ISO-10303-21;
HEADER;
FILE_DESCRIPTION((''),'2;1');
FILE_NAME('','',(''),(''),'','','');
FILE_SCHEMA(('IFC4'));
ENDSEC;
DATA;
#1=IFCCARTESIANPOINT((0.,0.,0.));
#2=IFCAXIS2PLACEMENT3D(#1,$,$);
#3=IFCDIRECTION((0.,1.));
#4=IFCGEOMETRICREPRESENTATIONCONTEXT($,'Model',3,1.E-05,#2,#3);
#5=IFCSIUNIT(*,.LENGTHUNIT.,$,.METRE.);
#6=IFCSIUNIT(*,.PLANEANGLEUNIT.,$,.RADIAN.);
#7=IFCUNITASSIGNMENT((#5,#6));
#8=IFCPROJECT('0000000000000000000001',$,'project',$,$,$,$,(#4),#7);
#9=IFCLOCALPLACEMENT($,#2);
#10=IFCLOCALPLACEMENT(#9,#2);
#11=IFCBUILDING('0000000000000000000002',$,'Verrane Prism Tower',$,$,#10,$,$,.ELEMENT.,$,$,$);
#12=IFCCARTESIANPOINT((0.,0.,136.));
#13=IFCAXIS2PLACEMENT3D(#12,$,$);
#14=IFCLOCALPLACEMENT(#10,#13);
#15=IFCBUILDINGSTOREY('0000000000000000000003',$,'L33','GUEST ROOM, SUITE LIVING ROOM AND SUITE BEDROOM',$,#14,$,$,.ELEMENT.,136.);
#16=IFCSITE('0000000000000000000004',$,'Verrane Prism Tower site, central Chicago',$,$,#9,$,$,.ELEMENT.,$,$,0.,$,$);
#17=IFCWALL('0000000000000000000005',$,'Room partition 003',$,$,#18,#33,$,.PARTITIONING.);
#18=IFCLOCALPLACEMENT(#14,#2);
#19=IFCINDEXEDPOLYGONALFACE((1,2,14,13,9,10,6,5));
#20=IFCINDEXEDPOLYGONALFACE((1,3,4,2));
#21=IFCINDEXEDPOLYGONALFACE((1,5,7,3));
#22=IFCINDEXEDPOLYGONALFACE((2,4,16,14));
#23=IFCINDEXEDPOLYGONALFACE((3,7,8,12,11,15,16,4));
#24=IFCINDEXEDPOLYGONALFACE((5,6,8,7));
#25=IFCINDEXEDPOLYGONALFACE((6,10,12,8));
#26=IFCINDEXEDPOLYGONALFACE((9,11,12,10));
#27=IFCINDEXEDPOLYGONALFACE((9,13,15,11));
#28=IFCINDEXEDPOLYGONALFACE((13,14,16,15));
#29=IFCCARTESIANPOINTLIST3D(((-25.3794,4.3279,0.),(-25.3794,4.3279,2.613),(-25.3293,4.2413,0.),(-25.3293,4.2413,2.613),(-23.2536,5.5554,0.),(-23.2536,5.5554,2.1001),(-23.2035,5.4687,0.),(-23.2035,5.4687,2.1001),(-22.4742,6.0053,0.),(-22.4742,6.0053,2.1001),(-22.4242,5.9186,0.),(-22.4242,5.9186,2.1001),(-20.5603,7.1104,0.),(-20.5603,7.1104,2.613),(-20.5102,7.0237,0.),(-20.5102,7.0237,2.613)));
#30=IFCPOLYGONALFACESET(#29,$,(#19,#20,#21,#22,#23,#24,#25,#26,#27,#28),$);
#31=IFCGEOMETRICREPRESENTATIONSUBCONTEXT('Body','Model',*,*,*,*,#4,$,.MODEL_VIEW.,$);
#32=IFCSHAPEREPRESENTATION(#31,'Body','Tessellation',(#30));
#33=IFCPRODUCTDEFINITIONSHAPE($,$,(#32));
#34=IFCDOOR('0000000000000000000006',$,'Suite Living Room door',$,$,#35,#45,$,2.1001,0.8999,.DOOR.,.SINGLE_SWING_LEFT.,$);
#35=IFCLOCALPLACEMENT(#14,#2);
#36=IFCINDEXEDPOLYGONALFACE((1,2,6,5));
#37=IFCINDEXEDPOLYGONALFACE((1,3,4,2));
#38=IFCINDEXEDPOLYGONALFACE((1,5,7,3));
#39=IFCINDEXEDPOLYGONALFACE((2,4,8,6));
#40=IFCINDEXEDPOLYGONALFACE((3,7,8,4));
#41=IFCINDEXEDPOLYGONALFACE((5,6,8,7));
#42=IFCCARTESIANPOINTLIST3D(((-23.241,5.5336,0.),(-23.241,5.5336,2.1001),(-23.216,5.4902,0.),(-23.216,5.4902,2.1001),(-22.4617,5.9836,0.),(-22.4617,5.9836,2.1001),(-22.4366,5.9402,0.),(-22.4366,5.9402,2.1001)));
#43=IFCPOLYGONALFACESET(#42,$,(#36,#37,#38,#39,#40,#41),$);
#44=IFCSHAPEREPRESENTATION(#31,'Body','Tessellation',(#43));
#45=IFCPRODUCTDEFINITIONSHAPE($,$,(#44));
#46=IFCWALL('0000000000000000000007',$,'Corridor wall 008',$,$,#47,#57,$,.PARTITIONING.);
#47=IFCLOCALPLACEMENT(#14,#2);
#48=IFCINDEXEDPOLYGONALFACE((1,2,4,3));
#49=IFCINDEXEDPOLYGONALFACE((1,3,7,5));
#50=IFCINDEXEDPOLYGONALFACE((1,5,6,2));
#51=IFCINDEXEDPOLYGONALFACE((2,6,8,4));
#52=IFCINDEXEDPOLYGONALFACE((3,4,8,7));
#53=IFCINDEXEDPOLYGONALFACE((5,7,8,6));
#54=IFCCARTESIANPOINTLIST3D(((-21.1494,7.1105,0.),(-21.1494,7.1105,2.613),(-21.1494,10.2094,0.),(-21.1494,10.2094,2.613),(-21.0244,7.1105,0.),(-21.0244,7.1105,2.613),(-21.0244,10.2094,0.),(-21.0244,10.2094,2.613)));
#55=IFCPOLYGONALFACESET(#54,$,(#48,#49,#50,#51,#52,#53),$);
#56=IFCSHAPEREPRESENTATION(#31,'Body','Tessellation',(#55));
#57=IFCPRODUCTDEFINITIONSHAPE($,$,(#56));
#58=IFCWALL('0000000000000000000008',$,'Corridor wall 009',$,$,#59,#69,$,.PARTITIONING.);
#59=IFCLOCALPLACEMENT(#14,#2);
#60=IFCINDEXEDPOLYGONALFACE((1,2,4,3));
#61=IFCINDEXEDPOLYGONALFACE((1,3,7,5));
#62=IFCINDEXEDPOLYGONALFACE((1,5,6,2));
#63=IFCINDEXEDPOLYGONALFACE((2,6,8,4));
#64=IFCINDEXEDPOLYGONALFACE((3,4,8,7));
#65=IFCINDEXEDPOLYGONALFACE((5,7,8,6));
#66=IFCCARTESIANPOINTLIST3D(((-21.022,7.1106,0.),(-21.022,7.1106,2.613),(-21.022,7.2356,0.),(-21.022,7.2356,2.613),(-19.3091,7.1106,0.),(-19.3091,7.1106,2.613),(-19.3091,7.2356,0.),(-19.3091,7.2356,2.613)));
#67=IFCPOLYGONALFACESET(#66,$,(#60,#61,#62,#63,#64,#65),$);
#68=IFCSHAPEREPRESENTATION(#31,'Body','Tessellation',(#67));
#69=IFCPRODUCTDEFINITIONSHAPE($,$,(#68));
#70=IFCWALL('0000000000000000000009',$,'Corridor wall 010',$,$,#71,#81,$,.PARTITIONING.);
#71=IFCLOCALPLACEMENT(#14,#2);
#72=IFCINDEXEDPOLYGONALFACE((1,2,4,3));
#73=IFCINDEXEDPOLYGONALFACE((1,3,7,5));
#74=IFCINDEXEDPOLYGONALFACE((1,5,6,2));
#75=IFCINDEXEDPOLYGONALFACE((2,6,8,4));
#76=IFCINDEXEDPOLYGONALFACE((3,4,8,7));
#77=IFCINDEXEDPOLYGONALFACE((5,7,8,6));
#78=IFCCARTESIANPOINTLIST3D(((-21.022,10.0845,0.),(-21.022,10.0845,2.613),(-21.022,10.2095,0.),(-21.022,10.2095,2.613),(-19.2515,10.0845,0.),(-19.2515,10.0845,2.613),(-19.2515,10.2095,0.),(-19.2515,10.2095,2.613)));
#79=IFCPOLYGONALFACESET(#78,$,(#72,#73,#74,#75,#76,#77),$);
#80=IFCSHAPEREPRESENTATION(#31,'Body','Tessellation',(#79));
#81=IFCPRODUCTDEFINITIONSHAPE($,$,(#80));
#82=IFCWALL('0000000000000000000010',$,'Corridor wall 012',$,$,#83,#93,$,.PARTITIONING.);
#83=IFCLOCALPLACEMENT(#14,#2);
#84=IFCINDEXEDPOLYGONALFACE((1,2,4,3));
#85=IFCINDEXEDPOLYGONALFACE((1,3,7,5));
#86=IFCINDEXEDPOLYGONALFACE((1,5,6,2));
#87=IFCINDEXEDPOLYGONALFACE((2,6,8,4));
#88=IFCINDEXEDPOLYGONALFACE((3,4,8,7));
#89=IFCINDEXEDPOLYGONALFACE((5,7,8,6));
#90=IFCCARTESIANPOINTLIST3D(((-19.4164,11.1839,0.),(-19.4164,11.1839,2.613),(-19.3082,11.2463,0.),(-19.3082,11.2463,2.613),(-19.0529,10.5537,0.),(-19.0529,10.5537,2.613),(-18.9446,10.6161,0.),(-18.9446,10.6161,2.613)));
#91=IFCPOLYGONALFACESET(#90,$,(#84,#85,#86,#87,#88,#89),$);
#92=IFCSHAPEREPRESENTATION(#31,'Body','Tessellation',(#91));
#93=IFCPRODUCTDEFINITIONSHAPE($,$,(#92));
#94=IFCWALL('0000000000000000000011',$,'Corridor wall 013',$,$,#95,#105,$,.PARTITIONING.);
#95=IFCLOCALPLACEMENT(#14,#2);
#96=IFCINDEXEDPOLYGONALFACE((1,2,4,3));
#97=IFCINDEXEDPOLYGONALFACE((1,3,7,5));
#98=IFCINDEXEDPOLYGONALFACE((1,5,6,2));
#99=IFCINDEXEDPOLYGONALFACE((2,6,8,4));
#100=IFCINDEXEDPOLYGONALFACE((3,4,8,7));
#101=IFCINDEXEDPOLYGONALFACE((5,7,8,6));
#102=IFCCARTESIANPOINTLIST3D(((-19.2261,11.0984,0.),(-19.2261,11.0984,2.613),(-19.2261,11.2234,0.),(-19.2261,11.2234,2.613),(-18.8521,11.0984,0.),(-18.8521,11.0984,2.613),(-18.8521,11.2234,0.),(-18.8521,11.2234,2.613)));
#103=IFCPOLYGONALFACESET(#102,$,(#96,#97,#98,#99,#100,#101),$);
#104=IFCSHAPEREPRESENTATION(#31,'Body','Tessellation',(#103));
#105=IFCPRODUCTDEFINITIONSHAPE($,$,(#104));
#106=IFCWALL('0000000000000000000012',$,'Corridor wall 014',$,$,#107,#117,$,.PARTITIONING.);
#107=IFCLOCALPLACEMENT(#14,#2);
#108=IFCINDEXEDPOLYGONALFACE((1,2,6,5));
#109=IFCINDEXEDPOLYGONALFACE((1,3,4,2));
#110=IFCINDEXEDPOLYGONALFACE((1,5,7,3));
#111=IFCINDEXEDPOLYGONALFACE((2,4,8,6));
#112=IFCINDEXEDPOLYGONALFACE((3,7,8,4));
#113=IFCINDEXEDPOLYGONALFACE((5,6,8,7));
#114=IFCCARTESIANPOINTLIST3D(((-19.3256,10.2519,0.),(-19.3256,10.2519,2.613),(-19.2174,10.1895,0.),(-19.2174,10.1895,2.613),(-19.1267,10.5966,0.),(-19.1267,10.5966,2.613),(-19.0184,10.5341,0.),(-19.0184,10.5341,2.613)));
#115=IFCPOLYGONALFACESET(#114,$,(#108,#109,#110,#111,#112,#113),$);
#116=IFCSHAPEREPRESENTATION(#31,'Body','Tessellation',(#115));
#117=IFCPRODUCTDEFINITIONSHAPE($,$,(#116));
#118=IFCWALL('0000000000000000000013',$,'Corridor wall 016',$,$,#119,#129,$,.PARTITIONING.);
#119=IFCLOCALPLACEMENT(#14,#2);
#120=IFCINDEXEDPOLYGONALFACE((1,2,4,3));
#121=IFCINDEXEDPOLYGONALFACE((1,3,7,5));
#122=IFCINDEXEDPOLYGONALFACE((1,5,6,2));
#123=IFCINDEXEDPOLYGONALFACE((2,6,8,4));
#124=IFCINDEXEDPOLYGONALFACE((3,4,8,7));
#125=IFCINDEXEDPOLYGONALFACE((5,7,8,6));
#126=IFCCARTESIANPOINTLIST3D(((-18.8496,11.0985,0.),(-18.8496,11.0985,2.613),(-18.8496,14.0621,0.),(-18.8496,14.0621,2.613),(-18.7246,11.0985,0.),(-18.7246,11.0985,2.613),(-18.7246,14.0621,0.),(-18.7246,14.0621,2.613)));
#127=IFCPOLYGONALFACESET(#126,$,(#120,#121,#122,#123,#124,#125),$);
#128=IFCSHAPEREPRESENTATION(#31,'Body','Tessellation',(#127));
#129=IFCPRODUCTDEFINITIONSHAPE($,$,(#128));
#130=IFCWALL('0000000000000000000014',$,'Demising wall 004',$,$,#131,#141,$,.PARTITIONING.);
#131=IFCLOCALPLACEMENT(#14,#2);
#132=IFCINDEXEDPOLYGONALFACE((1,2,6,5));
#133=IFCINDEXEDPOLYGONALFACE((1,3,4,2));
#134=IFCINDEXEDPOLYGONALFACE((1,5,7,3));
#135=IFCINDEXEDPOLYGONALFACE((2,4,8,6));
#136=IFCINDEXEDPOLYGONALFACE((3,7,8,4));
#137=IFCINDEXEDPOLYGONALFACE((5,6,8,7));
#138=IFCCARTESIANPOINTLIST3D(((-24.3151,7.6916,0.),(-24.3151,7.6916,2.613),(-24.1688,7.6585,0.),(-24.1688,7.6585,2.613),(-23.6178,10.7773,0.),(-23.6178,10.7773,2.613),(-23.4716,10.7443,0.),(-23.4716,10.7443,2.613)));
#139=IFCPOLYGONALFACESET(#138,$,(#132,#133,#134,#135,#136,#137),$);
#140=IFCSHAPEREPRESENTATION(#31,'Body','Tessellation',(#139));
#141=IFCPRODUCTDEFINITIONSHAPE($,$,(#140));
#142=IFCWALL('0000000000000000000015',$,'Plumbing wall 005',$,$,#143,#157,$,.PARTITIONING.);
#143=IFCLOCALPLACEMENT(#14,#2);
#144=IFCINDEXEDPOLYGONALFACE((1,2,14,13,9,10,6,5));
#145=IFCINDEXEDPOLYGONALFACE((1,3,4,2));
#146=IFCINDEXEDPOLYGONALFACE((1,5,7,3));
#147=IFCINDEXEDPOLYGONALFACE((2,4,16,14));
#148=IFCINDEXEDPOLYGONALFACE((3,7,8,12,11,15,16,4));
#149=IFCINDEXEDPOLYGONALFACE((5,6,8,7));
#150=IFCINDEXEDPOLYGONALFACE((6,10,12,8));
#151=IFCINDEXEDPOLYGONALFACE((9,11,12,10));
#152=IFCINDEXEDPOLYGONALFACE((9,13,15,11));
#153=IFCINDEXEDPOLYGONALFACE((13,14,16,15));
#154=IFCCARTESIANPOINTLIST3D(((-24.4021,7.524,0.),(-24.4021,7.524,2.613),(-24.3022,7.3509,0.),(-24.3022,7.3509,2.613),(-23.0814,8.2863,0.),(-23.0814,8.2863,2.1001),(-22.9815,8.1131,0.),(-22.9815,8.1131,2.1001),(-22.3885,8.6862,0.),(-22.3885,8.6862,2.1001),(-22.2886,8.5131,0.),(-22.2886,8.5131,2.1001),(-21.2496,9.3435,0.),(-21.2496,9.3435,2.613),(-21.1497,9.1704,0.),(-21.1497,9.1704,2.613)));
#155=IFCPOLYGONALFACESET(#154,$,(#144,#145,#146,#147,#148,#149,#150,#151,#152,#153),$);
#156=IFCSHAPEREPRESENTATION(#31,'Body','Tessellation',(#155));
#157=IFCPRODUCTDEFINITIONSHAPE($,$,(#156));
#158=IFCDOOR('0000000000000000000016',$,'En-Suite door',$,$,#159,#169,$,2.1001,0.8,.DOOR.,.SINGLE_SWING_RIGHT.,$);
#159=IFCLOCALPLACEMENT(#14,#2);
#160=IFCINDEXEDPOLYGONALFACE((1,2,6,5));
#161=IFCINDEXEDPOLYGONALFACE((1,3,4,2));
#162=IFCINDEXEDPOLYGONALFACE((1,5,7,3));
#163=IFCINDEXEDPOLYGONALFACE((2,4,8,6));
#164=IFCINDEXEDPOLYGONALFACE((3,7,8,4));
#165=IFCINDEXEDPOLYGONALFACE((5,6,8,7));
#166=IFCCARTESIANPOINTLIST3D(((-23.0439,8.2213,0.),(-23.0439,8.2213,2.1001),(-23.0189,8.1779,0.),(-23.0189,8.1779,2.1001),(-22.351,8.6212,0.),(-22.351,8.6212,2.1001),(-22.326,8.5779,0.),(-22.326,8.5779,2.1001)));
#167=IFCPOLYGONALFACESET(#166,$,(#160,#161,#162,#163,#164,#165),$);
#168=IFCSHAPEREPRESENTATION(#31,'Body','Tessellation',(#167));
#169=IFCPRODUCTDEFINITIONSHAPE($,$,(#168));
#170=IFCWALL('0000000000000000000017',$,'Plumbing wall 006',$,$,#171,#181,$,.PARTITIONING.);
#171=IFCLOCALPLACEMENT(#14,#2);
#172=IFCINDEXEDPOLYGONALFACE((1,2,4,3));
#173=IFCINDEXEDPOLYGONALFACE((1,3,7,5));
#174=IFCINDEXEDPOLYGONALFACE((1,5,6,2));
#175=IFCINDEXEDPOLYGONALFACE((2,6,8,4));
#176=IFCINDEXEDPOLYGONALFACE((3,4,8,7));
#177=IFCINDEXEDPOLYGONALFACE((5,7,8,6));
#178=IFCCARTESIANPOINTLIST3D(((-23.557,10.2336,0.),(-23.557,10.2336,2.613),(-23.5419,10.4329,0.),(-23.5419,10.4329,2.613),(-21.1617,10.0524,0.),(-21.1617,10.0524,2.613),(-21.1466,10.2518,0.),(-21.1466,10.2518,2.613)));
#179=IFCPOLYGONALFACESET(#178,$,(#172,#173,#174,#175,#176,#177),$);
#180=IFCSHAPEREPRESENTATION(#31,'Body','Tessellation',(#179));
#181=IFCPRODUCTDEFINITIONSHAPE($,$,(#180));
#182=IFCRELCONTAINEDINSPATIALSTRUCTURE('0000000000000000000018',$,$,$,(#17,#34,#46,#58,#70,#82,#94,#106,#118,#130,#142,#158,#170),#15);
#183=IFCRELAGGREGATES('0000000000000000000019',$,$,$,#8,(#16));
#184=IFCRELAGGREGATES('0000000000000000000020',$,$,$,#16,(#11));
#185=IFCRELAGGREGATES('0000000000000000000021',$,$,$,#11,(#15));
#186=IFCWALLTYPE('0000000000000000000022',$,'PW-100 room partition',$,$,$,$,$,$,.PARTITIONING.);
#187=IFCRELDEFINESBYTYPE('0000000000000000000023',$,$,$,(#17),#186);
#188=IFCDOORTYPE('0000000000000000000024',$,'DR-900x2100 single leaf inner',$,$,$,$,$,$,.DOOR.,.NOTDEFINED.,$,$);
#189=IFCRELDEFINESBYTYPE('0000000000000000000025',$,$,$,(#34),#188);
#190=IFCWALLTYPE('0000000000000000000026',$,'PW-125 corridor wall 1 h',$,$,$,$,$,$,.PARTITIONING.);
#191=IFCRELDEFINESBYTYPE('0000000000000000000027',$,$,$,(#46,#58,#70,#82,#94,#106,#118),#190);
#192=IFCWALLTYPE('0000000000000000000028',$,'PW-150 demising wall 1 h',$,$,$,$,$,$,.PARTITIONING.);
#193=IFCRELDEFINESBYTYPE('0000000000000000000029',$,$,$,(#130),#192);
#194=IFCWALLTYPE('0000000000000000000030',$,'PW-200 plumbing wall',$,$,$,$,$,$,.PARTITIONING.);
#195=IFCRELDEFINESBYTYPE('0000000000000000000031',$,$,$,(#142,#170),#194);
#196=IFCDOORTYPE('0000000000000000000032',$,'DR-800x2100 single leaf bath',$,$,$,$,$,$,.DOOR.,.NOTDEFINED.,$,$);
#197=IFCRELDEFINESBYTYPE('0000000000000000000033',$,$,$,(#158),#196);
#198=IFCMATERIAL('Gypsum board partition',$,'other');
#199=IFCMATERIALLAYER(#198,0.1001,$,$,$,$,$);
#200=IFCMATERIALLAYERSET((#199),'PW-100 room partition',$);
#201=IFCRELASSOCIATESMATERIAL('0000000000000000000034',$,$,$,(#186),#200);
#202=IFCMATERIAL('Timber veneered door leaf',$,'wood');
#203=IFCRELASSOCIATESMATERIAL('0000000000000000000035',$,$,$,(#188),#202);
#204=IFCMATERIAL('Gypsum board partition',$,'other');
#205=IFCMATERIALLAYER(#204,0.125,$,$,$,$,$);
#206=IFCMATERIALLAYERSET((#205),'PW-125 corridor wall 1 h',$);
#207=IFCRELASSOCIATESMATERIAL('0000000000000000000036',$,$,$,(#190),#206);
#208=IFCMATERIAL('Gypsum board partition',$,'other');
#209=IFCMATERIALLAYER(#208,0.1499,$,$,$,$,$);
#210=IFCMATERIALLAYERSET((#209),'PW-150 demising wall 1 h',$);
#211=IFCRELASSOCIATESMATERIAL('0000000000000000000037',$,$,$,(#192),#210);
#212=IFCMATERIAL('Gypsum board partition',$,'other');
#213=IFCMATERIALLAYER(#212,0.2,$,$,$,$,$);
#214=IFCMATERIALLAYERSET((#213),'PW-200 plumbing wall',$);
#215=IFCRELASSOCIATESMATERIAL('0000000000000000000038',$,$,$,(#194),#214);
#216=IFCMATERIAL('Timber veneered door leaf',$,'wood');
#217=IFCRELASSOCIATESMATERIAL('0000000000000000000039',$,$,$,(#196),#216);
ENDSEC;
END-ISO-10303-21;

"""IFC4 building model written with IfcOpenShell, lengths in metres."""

from ifc_helpers import new_model, si_unit, direction, frame, frame_2d, origin, place, context, subcontext, project, spatial, rectangle, extrude, material, layer, layer_set, type_object, element, fill, save


model = new_model("IFC4")

# Units and contexts
model_context = context("Model", 3, precision=1e-05, world=origin(), true_north=direction((0.0, 1.0)))
body_context = subcontext(model_context, "Body", "Model", "MODEL_VIEW")
ifc_project = project(units=[si_unit("LENGTHUNIT", "METRE"), si_unit("PLANEANGLEUNIT", "RADIAN")], contexts=[model_context])

# Site, building, storey
site_placement = place(None, origin())
site = spatial("IfcSite", under=ifc_project, at=site_placement, Name="Verrane Prism Tower site, central Chicago", CompositionType="ELEMENT", RefElevation=0.0)
building_placement = place(site_placement, origin())
building = spatial("IfcBuilding", under=site, at=building_placement, Name="Verrane Prism Tower", CompositionType="ELEMENT")
storey_placement = place(building_placement, frame((0.0, 0.0, 136.0)))
storey = spatial("IfcBuildingStorey", under=building, at=storey_placement, Name="L33", Description="GUEST ROOM, SUITE LIVING ROOM AND SUITE BEDROOM", CompositionType="ELEMENT", Elevation=136.0)

# Wall, opening, door
ifc_material_1 = material(Name="Gypsum board partition", Category="other")
ifc_layer_1 = layer(ifc_material_1, 0.1001)
ifc_layer_set_1 = layer_set([ifc_layer_1], Name="PW-100 room partition")
wall_type_1 = type_object("IfcWallType", Name="PW-100 room partition", PredefinedType="PARTITIONING", material=ifc_layer_set_1)
wall_1_placement = place(storey_placement, frame((-25.3542, 4.2847, 0.0), z_axis=(0.0, 0.0, 1.0), x_axis=(0.866012, 0.500022, 0.0)))
wall_1 = element("IfcWall", 1, at=wall_1_placement, inside=storey, type_object=wall_type_1, Name="Room partition 003", PredefinedType="PARTITIONING", context=body_context, shape_type="SweptSolid", body=[
    extrude(rectangle(XDim=5.5647, YDim=0.1001, at=frame_2d((2.7822, 0.0))), origin(), (0.0, 0.0, 1.0), 2.613),
])
opening_1_placement = place(wall_1_placement, frame((2.4546, 0.0, 0.0)))
opening_1 = element("IfcOpeningElement", 2, at=opening_1_placement, cuts=wall_1, PredefinedType="OPENING", context=body_context, shape_type="SweptSolid", body=[
    extrude(rectangle(XDim=0.8999, YDim=2.1001, at=frame_2d((0.45, 1.05))), frame((0.0, 0.0601, 0.0), z_axis=(0.0, -1.0, 0.0), x_axis=(1.0, 0.0, 0.0)), (0.0, 0.0, 1.0), 0.1201),
])
ifc_material_2 = material(Name="Timber veneered door leaf", Category="wood")
door_type_1 = type_object("IfcDoorType", Name="DR-900x2100 single leaf inner", OperationType="NOTDEFINED", PredefinedType="DOOR", material=ifc_material_2)
door_1_placement = place(opening_1_placement, origin())
door_1 = element("IfcDoor", 3, at=door_1_placement, inside=storey, type_object=door_type_1, Name="Suite Living Room door", OperationType="SINGLE_SWING_LEFT", OverallHeight=2.1001, OverallWidth=0.8999, PredefinedType="DOOR", context=body_context, shape_type="SweptSolid", body=[
    extrude(rectangle(XDim=0.8999, YDim=2.1001, at=frame_2d((0.45, 1.05))), frame((0.0, 0.0249, 0.0), z_axis=(0.0, -1.0, 0.0), x_axis=(1.0, 0.0, 0.0)), (0.0, 0.0, 1.0), 0.05),
])
fill(opening_1, door_1)

# Walls
ifc_material_3 = material(Name="Gypsum board partition", Category="other")
ifc_layer_2 = layer(ifc_material_3, 0.125)
ifc_layer_set_2 = layer_set([ifc_layer_2], Name="PW-125 corridor wall 1 h")
wall_type_2 = type_object("IfcWallType", Name="PW-125 corridor wall 1 h", PredefinedType="PARTITIONING", material=ifc_layer_set_2)
wall_2_placement = place(storey_placement, frame((-21.0869, 7.1106, 0.0), z_axis=(0.0, 0.0, 1.0), x_axis=(0.0, 1.0, 0.0)))
element("IfcWall", 4, at=wall_2_placement, inside=storey, type_object=wall_type_2, Name="Corridor wall 008", PredefinedType="PARTITIONING", context=body_context, shape_type="SweptSolid", body=[
    extrude(rectangle(XDim=3.0989, YDim=0.125, at=frame_2d((1.5493, 0.0))), origin(), (0.0, 0.0, 1.0), 2.613),
])
wall_3_placement = place(storey_placement, frame((-21.022, 7.1731, 0.0), z_axis=(0.0, 0.0, 1.0), x_axis=(1.0, 0.0, 0.0)))
element("IfcWall", 5, at=wall_3_placement, inside=storey, type_object=wall_type_2, Name="Corridor wall 009", PredefinedType="PARTITIONING", context=body_context, shape_type="SweptSolid", body=[
    extrude(rectangle(XDim=1.7129, YDim=0.125, at=frame_2d((0.8564, 0.0))), origin(), (0.0, 0.0, 1.0), 2.613),
])
wall_4_placement = place(storey_placement, frame((-21.022, 10.147, 0.0), z_axis=(0.0, 0.0, 1.0), x_axis=(1.0, 0.0, 0.0)))
element("IfcWall", 6, at=wall_4_placement, inside=storey, type_object=wall_type_2, Name="Corridor wall 010", PredefinedType="PARTITIONING", context=body_context, shape_type="SweptSolid", body=[
    extrude(rectangle(XDim=1.7705, YDim=0.125, at=frame_2d((0.8853, 0.0))), origin(), (0.0, 0.0, 1.0), 2.613),
])
wall_5_placement = place(storey_placement, frame((-19.3623, 11.2151, 0.0), z_axis=(0.0, 0.0, 1.0), x_axis=(0.499713, -0.866191, 0.0)))
element("IfcWall", 7, at=wall_5_placement, inside=storey, type_object=wall_type_2, Name="Corridor wall 012", PredefinedType="PARTITIONING", context=body_context, shape_type="SweptSolid", body=[
    extrude(rectangle(XDim=0.7275, YDim=0.125, at=frame_2d((0.3638, 0.0))), origin(), (0.0, 0.0, 1.0), 2.613),
])
wall_6_placement = place(storey_placement, frame((-19.2261, 11.1609, 0.0), z_axis=(0.0, 0.0, 1.0), x_axis=(1.0, 0.0, 0.0)))
element("IfcWall", 8, at=wall_6_placement, inside=storey, type_object=wall_type_2, Name="Corridor wall 013", PredefinedType="PARTITIONING", context=body_context, shape_type="SweptSolid", body=[
    extrude(rectangle(XDim=0.374, YDim=0.125, at=frame_2d((0.187, 0.0))), origin(), (0.0, 0.0, 1.0), 2.613),
])
wall_7_placement = place(storey_placement, frame((-19.2715, 10.2207, 0.0), z_axis=(0.0, 0.0, 1.0), x_axis=(0.499899, 0.866083, 0.0)))
element("IfcWall", 9, at=wall_7_placement, inside=storey, type_object=wall_type_2, Name="Corridor wall 014", PredefinedType="PARTITIONING", context=body_context, shape_type="SweptSolid", body=[
    extrude(rectangle(XDim=0.3979, YDim=0.125, at=frame_2d((0.199, 0.0))), origin(), (0.0, 0.0, 1.0), 2.613),
])
wall_8_placement = place(storey_placement, frame((-18.7871, 11.0984, 0.0), z_axis=(0.0, 0.0, 1.0), x_axis=(0.0, 1.0, 0.0)))
element("IfcWall", 10, at=wall_8_placement, inside=storey, type_object=wall_type_2, Name="Corridor wall 016", PredefinedType="PARTITIONING", context=body_context, shape_type="SweptSolid", body=[
    extrude(rectangle(XDim=2.9636, YDim=0.125, at=frame_2d((1.4819, 0.0))), origin(), (0.0, 0.0, 1.0), 2.613),
])
ifc_material_4 = material(Name="Gypsum board partition", Category="other")
ifc_layer_3 = layer(ifc_material_4, 0.1499)
ifc_layer_set_3 = layer_set([ifc_layer_3], Name="PW-150 demising wall 1 h")
wall_type_3 = type_object("IfcWallType", Name="PW-150 demising wall 1 h", PredefinedType="PARTITIONING", material=ifc_layer_set_3)
wall_9_placement = place(storey_placement, frame((-24.2419, 7.675, 0.0), z_axis=(0.0, 0.0, 1.0), x_axis=(0.22041, 0.975407, 0.0)))
element("IfcWall", 11, at=wall_9_placement, inside=storey, type_object=wall_type_3, Name="Demising wall 004", PredefinedType="PARTITIONING", context=body_context, shape_type="SweptSolid", body=[
    extrude(rectangle(XDim=3.1636, YDim=0.1499, at=frame_2d((1.5818, 0.0))), origin(), (0.0, 0.0, 1.0), 2.613),
])

# Wall, opening, door
ifc_material_5 = material(Name="Gypsum board partition", Category="other")
ifc_layer_4 = layer(ifc_material_5, 0.2)
ifc_layer_set_4 = layer_set([ifc_layer_4], Name="PW-200 plumbing wall")
wall_type_4 = type_object("IfcWallType", Name="PW-200 plumbing wall", PredefinedType="PARTITIONING", material=ifc_layer_set_4)
wall_10_placement = place(storey_placement, frame((-24.3521, 7.4375, 0.0), z_axis=(0.0, 0.0, 1.0), x_axis=(0.866093, 0.499883, 0.0)))
wall_10 = element("IfcWall", 12, at=wall_10_placement, inside=storey, type_object=wall_type_4, Name="Plumbing wall 005", PredefinedType="PARTITIONING", context=body_context, shape_type="SweptSolid", body=[
    extrude(rectangle(XDim=3.6399, YDim=0.2, at=frame_2d((1.8198, 0.0))), origin(), (0.0, 0.0, 1.0), 2.613),
])
opening_2_placement = place(wall_10_placement, frame((1.5249, 0.0, 0.0)))
opening_2 = element("IfcOpeningElement", 13, at=opening_2_placement, cuts=wall_10, PredefinedType="OPENING", context=body_context, shape_type="SweptSolid", body=[
    extrude(rectangle(XDim=0.8, YDim=2.1001, at=frame_2d((0.3999, 1.05))), frame((0.0, 0.1099, 0.0), z_axis=(0.0, -1.0, 0.0), x_axis=(1.0, 0.0, 0.0)), (0.0, 0.0, 1.0), 0.22),
])
ifc_material_6 = material(Name="Timber veneered door leaf", Category="wood")
door_type_2 = type_object("IfcDoorType", Name="DR-800x2100 single leaf bath", OperationType="NOTDEFINED", PredefinedType="DOOR", material=ifc_material_6)
door_2_placement = place(opening_2_placement, origin())
door_2 = element("IfcDoor", 14, at=door_2_placement, inside=storey, type_object=door_type_2, Name="En-Suite door", OperationType="SINGLE_SWING_RIGHT", OverallHeight=2.1001, OverallWidth=0.8, PredefinedType="DOOR", context=body_context, shape_type="SweptSolid", body=[
    extrude(rectangle(XDim=0.8, YDim=2.1001, at=frame_2d((0.3999, 1.05))), frame((0.0, 0.0249, 0.0), z_axis=(0.0, -1.0, 0.0), x_axis=(1.0, 0.0, 0.0)), (0.0, 0.0, 1.0), 0.05),
])
fill(opening_2, door_2)

# Wall
wall_11_placement = place(storey_placement, frame((-23.5496, 10.3333, 0.0), z_axis=(0.0, 0.0, 1.0), x_axis=(0.997152, -0.075414, 0.0)))
element("IfcWall", 15, at=wall_11_placement, inside=storey, type_object=wall_type_4, Name="Plumbing wall 006", PredefinedType="PARTITIONING", context=body_context, shape_type="SweptSolid", body=[
    extrude(rectangle(XDim=2.4021, YDim=0.2, at=frame_2d((1.2012, 0.0))), origin(), (0.0, 0.0, 1.0), 2.613),
])

save(model, "model.ifc")
